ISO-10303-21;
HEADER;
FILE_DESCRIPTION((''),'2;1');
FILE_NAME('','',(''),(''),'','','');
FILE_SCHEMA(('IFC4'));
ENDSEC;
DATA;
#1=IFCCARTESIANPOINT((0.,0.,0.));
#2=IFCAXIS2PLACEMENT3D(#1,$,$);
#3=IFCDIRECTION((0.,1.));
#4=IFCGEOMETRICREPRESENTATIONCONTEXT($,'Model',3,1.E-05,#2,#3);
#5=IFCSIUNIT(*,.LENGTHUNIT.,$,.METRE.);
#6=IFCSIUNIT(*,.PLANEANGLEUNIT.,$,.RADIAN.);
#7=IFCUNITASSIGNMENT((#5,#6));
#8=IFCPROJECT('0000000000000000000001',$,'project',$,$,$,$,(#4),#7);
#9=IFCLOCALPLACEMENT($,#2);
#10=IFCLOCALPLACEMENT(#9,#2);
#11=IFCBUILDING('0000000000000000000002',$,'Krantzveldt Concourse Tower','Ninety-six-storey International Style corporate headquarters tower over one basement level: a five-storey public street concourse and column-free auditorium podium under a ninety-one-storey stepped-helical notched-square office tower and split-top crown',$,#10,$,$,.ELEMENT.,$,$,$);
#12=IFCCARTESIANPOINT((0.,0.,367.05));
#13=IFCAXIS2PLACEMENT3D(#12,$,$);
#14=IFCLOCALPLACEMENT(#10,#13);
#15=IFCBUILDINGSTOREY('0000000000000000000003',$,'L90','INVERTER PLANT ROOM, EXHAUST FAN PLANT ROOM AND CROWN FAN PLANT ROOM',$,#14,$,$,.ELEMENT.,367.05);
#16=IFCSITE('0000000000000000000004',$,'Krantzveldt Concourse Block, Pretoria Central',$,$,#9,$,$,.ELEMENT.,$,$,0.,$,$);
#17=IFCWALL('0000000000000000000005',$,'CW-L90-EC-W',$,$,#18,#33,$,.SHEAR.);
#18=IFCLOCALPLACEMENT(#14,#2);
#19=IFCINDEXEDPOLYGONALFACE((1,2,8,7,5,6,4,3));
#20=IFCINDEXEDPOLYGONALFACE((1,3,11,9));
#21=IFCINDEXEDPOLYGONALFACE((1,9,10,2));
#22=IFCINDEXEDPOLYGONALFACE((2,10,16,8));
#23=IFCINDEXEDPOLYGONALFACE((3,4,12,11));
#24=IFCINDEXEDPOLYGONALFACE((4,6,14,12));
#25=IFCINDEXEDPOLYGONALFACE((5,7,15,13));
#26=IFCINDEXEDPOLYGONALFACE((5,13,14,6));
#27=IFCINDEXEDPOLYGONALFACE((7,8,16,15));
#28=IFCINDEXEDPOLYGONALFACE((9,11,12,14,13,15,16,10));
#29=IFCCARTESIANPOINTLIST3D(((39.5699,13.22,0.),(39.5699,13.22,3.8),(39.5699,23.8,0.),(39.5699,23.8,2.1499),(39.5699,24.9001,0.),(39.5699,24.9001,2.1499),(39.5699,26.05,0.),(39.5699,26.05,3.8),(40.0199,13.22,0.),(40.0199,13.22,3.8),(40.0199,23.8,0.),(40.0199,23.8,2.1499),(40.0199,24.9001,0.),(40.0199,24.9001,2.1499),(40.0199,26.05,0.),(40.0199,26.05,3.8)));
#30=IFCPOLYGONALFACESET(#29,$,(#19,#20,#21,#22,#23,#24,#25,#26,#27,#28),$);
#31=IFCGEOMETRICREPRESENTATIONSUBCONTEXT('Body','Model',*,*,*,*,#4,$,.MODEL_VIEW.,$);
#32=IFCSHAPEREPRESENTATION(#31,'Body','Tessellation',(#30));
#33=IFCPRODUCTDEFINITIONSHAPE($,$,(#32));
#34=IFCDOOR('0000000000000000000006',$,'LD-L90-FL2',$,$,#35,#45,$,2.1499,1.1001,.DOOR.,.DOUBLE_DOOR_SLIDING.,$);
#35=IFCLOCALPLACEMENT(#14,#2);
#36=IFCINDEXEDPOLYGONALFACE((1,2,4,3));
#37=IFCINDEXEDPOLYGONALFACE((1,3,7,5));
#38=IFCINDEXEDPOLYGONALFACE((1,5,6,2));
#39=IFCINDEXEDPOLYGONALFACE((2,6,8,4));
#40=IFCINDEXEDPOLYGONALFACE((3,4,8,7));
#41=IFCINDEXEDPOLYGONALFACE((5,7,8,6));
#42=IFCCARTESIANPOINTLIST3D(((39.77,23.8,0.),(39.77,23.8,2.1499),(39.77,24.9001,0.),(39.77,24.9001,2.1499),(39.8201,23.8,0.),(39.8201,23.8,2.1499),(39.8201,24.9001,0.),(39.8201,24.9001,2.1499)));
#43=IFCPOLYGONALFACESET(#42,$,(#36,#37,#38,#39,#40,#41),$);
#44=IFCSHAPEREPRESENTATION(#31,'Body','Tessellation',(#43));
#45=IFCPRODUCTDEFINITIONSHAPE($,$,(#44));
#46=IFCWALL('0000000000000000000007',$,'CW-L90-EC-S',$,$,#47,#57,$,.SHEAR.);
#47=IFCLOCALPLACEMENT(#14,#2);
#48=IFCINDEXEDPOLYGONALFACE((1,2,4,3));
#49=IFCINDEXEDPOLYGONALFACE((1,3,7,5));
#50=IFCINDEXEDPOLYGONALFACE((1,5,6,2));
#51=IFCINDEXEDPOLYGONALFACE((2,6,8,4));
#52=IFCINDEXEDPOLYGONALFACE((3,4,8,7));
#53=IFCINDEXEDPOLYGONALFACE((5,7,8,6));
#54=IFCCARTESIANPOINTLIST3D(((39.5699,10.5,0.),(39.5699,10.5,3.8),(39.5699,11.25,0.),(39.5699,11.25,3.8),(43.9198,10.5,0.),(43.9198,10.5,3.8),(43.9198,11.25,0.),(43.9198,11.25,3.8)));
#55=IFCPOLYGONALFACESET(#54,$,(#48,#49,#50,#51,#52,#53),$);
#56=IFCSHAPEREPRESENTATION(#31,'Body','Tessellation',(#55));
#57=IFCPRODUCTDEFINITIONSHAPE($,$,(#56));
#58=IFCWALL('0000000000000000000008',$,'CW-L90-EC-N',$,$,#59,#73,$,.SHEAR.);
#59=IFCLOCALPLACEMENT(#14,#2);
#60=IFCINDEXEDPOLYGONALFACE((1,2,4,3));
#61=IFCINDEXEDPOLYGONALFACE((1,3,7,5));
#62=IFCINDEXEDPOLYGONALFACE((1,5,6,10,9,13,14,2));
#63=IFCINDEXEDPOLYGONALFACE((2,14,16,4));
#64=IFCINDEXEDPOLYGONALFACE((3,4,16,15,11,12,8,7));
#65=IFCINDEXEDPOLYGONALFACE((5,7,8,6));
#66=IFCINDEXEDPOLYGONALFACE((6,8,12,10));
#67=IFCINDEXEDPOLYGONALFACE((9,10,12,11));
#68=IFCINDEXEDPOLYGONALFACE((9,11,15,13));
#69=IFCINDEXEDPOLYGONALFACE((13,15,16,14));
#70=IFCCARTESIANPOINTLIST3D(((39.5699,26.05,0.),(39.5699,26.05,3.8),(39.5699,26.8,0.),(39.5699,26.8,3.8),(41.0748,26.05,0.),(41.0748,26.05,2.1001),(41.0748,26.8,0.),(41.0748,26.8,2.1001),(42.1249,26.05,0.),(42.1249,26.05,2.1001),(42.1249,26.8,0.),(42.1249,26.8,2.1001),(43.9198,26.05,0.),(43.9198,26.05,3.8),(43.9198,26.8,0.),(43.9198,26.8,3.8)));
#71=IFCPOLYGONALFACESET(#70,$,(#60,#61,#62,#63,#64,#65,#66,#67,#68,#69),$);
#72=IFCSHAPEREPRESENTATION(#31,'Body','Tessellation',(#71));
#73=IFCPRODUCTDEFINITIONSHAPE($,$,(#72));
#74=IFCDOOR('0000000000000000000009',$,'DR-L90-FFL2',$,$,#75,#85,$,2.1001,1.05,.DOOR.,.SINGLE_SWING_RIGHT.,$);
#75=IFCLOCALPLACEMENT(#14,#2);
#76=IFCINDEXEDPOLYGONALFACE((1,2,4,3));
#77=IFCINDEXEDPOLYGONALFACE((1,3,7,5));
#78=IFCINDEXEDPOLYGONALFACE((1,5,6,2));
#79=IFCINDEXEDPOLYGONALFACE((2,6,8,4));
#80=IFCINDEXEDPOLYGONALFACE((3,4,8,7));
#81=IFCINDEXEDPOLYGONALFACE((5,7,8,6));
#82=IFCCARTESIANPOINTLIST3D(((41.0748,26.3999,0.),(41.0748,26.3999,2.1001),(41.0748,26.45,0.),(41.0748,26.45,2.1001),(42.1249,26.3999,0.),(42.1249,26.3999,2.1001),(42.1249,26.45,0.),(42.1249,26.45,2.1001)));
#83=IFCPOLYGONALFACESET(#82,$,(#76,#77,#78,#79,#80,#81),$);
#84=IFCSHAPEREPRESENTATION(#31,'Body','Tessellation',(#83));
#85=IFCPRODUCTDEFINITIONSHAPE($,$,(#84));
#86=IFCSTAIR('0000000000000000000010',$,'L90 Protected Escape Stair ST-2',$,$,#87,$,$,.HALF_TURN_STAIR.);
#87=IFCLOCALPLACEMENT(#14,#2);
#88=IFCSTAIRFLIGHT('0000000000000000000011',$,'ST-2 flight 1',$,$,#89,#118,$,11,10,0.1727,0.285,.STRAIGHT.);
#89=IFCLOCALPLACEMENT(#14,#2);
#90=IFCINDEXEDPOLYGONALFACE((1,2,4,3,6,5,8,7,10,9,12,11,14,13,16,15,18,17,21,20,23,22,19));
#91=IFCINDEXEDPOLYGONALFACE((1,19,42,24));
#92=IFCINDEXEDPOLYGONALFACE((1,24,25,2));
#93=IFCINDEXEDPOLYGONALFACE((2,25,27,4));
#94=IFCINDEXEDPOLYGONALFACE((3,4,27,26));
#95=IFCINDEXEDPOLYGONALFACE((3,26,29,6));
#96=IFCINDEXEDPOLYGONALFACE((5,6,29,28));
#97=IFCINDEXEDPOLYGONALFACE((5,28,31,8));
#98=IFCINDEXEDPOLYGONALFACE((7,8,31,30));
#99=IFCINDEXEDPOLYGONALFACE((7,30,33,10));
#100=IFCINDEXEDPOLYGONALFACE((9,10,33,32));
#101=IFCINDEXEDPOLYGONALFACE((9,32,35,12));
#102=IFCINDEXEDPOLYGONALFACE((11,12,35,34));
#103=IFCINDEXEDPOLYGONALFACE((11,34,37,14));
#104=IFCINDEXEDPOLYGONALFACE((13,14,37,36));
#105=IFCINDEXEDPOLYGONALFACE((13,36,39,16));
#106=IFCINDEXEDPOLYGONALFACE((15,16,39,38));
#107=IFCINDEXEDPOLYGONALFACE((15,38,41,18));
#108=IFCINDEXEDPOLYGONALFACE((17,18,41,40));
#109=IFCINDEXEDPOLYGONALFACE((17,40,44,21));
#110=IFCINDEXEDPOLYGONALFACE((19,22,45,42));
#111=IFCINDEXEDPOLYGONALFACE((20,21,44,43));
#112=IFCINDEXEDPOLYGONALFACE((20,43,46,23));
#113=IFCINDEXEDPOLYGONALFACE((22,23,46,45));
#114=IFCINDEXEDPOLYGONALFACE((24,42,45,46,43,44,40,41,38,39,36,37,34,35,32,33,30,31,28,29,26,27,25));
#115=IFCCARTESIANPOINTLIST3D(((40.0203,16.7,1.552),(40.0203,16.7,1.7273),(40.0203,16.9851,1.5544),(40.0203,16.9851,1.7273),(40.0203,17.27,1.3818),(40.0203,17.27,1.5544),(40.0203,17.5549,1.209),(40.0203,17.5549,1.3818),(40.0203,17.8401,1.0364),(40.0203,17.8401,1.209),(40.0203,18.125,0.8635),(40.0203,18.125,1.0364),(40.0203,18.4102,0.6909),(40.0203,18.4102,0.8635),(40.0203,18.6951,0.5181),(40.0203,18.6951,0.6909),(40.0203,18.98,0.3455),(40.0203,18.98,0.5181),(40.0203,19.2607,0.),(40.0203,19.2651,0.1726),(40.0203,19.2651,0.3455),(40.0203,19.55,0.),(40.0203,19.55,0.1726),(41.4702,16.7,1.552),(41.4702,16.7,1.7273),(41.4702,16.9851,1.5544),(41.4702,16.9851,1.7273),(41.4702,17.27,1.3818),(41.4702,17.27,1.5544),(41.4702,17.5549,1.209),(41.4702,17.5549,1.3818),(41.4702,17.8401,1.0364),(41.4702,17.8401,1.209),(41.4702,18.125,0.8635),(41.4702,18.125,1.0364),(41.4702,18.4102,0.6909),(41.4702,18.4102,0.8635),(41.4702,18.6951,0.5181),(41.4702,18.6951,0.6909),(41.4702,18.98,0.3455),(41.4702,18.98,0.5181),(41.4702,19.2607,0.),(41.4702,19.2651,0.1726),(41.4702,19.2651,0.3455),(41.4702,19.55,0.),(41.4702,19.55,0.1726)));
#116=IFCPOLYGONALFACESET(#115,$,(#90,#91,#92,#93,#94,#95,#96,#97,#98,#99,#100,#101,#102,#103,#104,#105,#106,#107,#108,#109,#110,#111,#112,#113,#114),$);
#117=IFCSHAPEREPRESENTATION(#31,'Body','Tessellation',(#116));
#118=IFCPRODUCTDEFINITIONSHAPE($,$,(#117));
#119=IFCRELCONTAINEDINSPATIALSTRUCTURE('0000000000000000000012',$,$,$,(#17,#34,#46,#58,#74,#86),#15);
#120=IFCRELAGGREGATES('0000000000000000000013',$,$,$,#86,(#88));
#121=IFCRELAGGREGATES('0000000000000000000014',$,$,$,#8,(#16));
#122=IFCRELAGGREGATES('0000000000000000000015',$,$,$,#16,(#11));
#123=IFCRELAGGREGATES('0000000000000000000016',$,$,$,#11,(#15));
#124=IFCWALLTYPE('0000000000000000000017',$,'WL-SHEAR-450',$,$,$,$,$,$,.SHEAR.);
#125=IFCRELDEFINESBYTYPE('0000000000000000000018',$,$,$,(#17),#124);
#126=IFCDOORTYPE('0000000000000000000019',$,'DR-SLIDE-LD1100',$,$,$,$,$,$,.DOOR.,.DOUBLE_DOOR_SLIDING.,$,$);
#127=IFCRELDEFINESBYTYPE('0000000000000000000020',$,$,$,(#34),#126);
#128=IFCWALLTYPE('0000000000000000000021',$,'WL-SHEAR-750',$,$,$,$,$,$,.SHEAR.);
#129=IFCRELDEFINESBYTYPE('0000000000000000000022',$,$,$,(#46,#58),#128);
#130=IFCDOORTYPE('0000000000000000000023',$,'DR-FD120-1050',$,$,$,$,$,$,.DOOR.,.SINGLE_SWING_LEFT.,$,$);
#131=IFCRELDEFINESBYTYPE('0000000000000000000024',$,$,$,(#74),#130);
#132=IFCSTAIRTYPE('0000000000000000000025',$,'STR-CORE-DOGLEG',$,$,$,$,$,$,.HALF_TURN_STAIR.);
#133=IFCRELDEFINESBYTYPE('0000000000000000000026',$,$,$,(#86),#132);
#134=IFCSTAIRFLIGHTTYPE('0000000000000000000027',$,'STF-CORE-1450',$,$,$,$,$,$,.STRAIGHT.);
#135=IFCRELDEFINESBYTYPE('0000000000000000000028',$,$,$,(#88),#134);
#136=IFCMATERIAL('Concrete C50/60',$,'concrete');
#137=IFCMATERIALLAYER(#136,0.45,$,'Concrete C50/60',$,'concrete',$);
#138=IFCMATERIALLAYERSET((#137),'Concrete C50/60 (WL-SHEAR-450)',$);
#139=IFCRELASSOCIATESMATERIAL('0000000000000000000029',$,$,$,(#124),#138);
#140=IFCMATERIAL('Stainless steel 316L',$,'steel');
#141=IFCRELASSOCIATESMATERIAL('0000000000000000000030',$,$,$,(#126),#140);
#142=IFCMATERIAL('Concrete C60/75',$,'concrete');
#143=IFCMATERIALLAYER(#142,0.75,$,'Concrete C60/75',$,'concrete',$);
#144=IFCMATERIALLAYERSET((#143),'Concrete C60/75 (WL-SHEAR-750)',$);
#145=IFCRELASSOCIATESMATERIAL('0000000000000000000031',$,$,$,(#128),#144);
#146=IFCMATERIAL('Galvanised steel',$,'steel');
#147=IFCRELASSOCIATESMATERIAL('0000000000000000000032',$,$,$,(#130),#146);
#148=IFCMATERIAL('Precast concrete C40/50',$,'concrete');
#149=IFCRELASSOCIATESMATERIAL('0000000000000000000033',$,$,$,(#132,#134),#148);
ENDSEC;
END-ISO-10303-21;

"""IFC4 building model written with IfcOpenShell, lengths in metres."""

from ifc_helpers import new_model, si_unit, direction, frame, frame_2d, origin, place, context, subcontext, project, spatial, polyline, rectangle, outline, extrude, material, layer, layer_set, type_object, element, fill, aggregate, save


model = new_model("IFC4")

# Units and contexts
model_context = context("Model", 3, precision=1e-05, world=origin(), true_north=direction((0.0, 1.0)))
body_context = subcontext(model_context, "Body", "Model", "MODEL_VIEW")
ifc_project = project(units=[si_unit("LENGTHUNIT", "METRE"), si_unit("PLANEANGLEUNIT", "RADIAN")], contexts=[model_context])

# Site, building, storey
site_placement = place(None, origin())
site = spatial("IfcSite", under=ifc_project, at=site_placement, Name="Krantzveldt Concourse Block, Pretoria Central", CompositionType="ELEMENT", RefElevation=0.0)
building_placement = place(site_placement, origin())
building = spatial("IfcBuilding", under=site, at=building_placement, Name="Krantzveldt Concourse Tower", Description="Ninety-six-storey International Style corporate headquarters tower over one basement level: a five-storey public street concourse and column-free auditorium podium under a ninety-one-storey stepped-helical notched-square office tower and split-top crown", CompositionType="ELEMENT")
storey_placement = place(building_placement, frame((0.0, 0.0, 367.05)))
storey = spatial("IfcBuildingStorey", under=building, at=storey_placement, Name="L90", Description="INVERTER PLANT ROOM, EXHAUST FAN PLANT ROOM AND CROWN FAN PLANT ROOM", CompositionType="ELEMENT", Elevation=367.05)

# Shared definitions
ifc_material_1 = material(Name="Galvanised steel", Category="steel")

# Shared definitions
ifc_material_2 = material(Name="Concrete C50/60", Category="concrete")

# Wall, opening, door
ifc_layer_1 = layer(ifc_material_2, 0.45, Name="Concrete C50/60", Category="concrete")
ifc_layer_set_1 = layer_set([ifc_layer_1], Name="Concrete C50/60 (WL-SHEAR-450)")
wall_type_1 = type_object("IfcWallType", Name="WL-SHEAR-450", PredefinedType="SHEAR", material=ifc_layer_set_1)
wall_1_placement = place(storey_placement, frame((39.7949, 13.22, 0.0), z_axis=(0.0, 0.0, 1.0), x_axis=(0.0, 1.0, 0.0)))
wall_1 = element("IfcWall", 1, at=wall_1_placement, inside=storey, type_object=wall_type_1, Name="CW-L90-EC-W", PredefinedType="SHEAR", context=body_context, shape_type="SweptSolid", body=[
    extrude(rectangle(XDim=12.8301, YDim=0.45, at=frame_2d((6.415, 0.0))), origin(), (0.0, 0.0, 1.0), 3.8),
])
opening_1_placement = place(wall_1_placement, frame((10.5801, 0.0, 0.0)))
opening_1 = element("IfcOpeningElement", 2, at=opening_1_placement, cuts=wall_1, PredefinedType="OPENING", context=body_context, shape_type="SweptSolid", body=[
    extrude(rectangle(XDim=1.1001, YDim=2.1499, at=frame_2d((0.55, 1.075))), frame((0.0, 0.2349, 0.0), z_axis=(0.0, -1.0, 0.0), x_axis=(1.0, 0.0, 0.0)), (0.0, 0.0, 1.0), 0.47),
])
ifc_material_3 = material(Name="Stainless steel 316L", Category="steel")
door_type_1 = type_object("IfcDoorType", Name="DR-SLIDE-LD1100", OperationType="DOUBLE_DOOR_SLIDING", PredefinedType="DOOR", material=ifc_material_3)
door_1_placement = place(opening_1_placement, origin())
door_1 = element("IfcDoor", 3, at=door_1_placement, inside=storey, type_object=door_type_1, Name="LD-L90-FL2", OperationType="DOUBLE_DOOR_SLIDING", OverallHeight=2.1499, OverallWidth=1.1001, PredefinedType="DOOR", context=body_context, shape_type="SweptSolid", body=[
    extrude(rectangle(XDim=1.1001, YDim=2.1499, at=frame_2d((0.55, 1.075))), frame((0.0, 0.0249, 0.0), z_axis=(0.0, -1.0, 0.0), x_axis=(1.0, 0.0, 0.0)), (0.0, 0.0, 1.0), 0.05),
])
fill(opening_1, door_1)

# Wall
ifc_material_4 = material(Name="Concrete C60/75", Category="concrete")
ifc_layer_2 = layer(ifc_material_4, 0.75, Name="Concrete C60/75", Category="concrete")
ifc_layer_set_2 = layer_set([ifc_layer_2], Name="Concrete C60/75 (WL-SHEAR-750)")
wall_type_2 = type_object("IfcWallType", Name="WL-SHEAR-750", PredefinedType="SHEAR", material=ifc_layer_set_2)
wall_2_placement = place(storey_placement, frame((39.5701, 10.875, 0.0), z_axis=(0.0, 0.0, 1.0), x_axis=(1.0, 0.0, 0.0)))
element("IfcWall", 4, at=wall_2_placement, inside=storey, type_object=wall_type_2, Name="CW-L90-EC-S", PredefinedType="SHEAR", context=body_context, shape_type="SweptSolid", body=[
    extrude(rectangle(XDim=4.3499, YDim=0.75, at=frame_2d((2.1748, 0.0))), origin(), (0.0, 0.0, 1.0), 3.8),
])

# Wall, opening, door
wall_3_placement = place(storey_placement, frame((39.5701, 26.425, 0.0), z_axis=(0.0, 0.0, 1.0), x_axis=(1.0, 0.0, 0.0)))
wall_3 = element("IfcWall", 5, at=wall_3_placement, inside=storey, type_object=wall_type_2, Name="CW-L90-EC-N", PredefinedType="SHEAR", context=body_context, shape_type="SweptSolid", body=[
    extrude(rectangle(XDim=4.3499, YDim=0.75, at=frame_2d((2.1748, 0.0))), origin(), (0.0, 0.0, 1.0), 3.8),
])
opening_2_placement = place(wall_3_placement, frame((1.5049, 0.0, 0.0)))
opening_2 = element("IfcOpeningElement", 6, at=opening_2_placement, cuts=wall_3, PredefinedType="OPENING", context=body_context, shape_type="SweptSolid", body=[
    extrude(rectangle(XDim=1.05, YDim=2.1001, at=frame_2d((0.5249, 1.05))), frame((0.0, 0.385, 0.0), z_axis=(0.0, -1.0, 0.0), x_axis=(1.0, 0.0, 0.0)), (0.0, 0.0, 1.0), 0.77),
])
door_type_2 = type_object("IfcDoorType", Name="DR-FD120-1050", OperationType="SINGLE_SWING_LEFT", PredefinedType="DOOR", material=ifc_material_1)
door_2_placement = place(opening_2_placement, origin())
door_2 = element("IfcDoor", 7, at=door_2_placement, inside=storey, type_object=door_type_2, Name="DR-L90-FFL2", OperationType="SINGLE_SWING_RIGHT", OverallHeight=2.1001, OverallWidth=1.05, PredefinedType="DOOR", context=body_context, shape_type="SweptSolid", body=[
    extrude(rectangle(XDim=1.05, YDim=2.1001, at=frame_2d((0.5249, 1.05))), frame((0.0, 0.0249, 0.0), z_axis=(0.0, -1.0, 0.0), x_axis=(1.0, 0.0, 0.0)), (0.0, 0.0, 1.0), 0.05),
])
fill(opening_2, door_2)

# Stair, stair flight
ifc_material_5 = material(Name="Precast concrete C40/50", Category="concrete")
stair_type = type_object("IfcStairType", Name="STR-CORE-DOGLEG", PredefinedType="HALF_TURN_STAIR", material=ifc_material_5)
stair_placement = place(storey_placement, origin())
stair = element("IfcStair", 8, at=stair_placement, inside=storey, type_object=stair_type, Name="L90 Protected Escape Stair ST-2", PredefinedType="HALF_TURN_STAIR")
stair_flight_type = type_object("IfcStairFlightType", Name="STF-CORE-1450", PredefinedType="STRAIGHT", material=ifc_material_5)
stair_flight_placement = place(storey_placement, frame((40.7451, 19.55, 0.0), z_axis=(0.0, 0.0, 1.0), x_axis=(0.0, -1.0, 0.0)))
stair_flight = element("IfcStairFlight", 9, at=stair_flight_placement, type_object=stair_flight_type, Name="ST-2 flight 1", NumberOfRisers=11, NumberOfTreads=10, PredefinedType="STRAIGHT", RiserHeight=0.1727, TreadLength=0.285, context=body_context, shape_type="SweptSolid", body=[
    extrude(outline(polyline([(0.0, 0.0), (0.0, 0.1726), (0.2849, 0.1726), (0.2849, 0.3455), (0.5701, 0.3455), (0.5701, 0.5181), (0.855, 0.5181), (0.855, 0.6909), (1.1399, 0.6909), (1.1399, 0.8635), (1.425, 0.8635), (1.425, 1.0364), (1.71, 1.0364), (1.71, 1.209), (1.9951, 1.209), (1.9951, 1.3818), (2.28, 1.3818), (2.28, 1.5544), (2.5649, 1.5544), (2.5649, 1.7273), (2.8501, 1.7273), (2.8501, 1.8999), (2.8501, 1.552), (0.2893, 0.0), (0.0, 0.0)])), frame((0.0, 0.7251, 0.0), z_axis=(0.0, -1.0, 0.0), x_axis=(1.0, 0.0, 0.0)), (0.0, 0.0, 1.0), 1.45),
])
aggregate(stair, [stair_flight])

save(model, "model.ifc")
